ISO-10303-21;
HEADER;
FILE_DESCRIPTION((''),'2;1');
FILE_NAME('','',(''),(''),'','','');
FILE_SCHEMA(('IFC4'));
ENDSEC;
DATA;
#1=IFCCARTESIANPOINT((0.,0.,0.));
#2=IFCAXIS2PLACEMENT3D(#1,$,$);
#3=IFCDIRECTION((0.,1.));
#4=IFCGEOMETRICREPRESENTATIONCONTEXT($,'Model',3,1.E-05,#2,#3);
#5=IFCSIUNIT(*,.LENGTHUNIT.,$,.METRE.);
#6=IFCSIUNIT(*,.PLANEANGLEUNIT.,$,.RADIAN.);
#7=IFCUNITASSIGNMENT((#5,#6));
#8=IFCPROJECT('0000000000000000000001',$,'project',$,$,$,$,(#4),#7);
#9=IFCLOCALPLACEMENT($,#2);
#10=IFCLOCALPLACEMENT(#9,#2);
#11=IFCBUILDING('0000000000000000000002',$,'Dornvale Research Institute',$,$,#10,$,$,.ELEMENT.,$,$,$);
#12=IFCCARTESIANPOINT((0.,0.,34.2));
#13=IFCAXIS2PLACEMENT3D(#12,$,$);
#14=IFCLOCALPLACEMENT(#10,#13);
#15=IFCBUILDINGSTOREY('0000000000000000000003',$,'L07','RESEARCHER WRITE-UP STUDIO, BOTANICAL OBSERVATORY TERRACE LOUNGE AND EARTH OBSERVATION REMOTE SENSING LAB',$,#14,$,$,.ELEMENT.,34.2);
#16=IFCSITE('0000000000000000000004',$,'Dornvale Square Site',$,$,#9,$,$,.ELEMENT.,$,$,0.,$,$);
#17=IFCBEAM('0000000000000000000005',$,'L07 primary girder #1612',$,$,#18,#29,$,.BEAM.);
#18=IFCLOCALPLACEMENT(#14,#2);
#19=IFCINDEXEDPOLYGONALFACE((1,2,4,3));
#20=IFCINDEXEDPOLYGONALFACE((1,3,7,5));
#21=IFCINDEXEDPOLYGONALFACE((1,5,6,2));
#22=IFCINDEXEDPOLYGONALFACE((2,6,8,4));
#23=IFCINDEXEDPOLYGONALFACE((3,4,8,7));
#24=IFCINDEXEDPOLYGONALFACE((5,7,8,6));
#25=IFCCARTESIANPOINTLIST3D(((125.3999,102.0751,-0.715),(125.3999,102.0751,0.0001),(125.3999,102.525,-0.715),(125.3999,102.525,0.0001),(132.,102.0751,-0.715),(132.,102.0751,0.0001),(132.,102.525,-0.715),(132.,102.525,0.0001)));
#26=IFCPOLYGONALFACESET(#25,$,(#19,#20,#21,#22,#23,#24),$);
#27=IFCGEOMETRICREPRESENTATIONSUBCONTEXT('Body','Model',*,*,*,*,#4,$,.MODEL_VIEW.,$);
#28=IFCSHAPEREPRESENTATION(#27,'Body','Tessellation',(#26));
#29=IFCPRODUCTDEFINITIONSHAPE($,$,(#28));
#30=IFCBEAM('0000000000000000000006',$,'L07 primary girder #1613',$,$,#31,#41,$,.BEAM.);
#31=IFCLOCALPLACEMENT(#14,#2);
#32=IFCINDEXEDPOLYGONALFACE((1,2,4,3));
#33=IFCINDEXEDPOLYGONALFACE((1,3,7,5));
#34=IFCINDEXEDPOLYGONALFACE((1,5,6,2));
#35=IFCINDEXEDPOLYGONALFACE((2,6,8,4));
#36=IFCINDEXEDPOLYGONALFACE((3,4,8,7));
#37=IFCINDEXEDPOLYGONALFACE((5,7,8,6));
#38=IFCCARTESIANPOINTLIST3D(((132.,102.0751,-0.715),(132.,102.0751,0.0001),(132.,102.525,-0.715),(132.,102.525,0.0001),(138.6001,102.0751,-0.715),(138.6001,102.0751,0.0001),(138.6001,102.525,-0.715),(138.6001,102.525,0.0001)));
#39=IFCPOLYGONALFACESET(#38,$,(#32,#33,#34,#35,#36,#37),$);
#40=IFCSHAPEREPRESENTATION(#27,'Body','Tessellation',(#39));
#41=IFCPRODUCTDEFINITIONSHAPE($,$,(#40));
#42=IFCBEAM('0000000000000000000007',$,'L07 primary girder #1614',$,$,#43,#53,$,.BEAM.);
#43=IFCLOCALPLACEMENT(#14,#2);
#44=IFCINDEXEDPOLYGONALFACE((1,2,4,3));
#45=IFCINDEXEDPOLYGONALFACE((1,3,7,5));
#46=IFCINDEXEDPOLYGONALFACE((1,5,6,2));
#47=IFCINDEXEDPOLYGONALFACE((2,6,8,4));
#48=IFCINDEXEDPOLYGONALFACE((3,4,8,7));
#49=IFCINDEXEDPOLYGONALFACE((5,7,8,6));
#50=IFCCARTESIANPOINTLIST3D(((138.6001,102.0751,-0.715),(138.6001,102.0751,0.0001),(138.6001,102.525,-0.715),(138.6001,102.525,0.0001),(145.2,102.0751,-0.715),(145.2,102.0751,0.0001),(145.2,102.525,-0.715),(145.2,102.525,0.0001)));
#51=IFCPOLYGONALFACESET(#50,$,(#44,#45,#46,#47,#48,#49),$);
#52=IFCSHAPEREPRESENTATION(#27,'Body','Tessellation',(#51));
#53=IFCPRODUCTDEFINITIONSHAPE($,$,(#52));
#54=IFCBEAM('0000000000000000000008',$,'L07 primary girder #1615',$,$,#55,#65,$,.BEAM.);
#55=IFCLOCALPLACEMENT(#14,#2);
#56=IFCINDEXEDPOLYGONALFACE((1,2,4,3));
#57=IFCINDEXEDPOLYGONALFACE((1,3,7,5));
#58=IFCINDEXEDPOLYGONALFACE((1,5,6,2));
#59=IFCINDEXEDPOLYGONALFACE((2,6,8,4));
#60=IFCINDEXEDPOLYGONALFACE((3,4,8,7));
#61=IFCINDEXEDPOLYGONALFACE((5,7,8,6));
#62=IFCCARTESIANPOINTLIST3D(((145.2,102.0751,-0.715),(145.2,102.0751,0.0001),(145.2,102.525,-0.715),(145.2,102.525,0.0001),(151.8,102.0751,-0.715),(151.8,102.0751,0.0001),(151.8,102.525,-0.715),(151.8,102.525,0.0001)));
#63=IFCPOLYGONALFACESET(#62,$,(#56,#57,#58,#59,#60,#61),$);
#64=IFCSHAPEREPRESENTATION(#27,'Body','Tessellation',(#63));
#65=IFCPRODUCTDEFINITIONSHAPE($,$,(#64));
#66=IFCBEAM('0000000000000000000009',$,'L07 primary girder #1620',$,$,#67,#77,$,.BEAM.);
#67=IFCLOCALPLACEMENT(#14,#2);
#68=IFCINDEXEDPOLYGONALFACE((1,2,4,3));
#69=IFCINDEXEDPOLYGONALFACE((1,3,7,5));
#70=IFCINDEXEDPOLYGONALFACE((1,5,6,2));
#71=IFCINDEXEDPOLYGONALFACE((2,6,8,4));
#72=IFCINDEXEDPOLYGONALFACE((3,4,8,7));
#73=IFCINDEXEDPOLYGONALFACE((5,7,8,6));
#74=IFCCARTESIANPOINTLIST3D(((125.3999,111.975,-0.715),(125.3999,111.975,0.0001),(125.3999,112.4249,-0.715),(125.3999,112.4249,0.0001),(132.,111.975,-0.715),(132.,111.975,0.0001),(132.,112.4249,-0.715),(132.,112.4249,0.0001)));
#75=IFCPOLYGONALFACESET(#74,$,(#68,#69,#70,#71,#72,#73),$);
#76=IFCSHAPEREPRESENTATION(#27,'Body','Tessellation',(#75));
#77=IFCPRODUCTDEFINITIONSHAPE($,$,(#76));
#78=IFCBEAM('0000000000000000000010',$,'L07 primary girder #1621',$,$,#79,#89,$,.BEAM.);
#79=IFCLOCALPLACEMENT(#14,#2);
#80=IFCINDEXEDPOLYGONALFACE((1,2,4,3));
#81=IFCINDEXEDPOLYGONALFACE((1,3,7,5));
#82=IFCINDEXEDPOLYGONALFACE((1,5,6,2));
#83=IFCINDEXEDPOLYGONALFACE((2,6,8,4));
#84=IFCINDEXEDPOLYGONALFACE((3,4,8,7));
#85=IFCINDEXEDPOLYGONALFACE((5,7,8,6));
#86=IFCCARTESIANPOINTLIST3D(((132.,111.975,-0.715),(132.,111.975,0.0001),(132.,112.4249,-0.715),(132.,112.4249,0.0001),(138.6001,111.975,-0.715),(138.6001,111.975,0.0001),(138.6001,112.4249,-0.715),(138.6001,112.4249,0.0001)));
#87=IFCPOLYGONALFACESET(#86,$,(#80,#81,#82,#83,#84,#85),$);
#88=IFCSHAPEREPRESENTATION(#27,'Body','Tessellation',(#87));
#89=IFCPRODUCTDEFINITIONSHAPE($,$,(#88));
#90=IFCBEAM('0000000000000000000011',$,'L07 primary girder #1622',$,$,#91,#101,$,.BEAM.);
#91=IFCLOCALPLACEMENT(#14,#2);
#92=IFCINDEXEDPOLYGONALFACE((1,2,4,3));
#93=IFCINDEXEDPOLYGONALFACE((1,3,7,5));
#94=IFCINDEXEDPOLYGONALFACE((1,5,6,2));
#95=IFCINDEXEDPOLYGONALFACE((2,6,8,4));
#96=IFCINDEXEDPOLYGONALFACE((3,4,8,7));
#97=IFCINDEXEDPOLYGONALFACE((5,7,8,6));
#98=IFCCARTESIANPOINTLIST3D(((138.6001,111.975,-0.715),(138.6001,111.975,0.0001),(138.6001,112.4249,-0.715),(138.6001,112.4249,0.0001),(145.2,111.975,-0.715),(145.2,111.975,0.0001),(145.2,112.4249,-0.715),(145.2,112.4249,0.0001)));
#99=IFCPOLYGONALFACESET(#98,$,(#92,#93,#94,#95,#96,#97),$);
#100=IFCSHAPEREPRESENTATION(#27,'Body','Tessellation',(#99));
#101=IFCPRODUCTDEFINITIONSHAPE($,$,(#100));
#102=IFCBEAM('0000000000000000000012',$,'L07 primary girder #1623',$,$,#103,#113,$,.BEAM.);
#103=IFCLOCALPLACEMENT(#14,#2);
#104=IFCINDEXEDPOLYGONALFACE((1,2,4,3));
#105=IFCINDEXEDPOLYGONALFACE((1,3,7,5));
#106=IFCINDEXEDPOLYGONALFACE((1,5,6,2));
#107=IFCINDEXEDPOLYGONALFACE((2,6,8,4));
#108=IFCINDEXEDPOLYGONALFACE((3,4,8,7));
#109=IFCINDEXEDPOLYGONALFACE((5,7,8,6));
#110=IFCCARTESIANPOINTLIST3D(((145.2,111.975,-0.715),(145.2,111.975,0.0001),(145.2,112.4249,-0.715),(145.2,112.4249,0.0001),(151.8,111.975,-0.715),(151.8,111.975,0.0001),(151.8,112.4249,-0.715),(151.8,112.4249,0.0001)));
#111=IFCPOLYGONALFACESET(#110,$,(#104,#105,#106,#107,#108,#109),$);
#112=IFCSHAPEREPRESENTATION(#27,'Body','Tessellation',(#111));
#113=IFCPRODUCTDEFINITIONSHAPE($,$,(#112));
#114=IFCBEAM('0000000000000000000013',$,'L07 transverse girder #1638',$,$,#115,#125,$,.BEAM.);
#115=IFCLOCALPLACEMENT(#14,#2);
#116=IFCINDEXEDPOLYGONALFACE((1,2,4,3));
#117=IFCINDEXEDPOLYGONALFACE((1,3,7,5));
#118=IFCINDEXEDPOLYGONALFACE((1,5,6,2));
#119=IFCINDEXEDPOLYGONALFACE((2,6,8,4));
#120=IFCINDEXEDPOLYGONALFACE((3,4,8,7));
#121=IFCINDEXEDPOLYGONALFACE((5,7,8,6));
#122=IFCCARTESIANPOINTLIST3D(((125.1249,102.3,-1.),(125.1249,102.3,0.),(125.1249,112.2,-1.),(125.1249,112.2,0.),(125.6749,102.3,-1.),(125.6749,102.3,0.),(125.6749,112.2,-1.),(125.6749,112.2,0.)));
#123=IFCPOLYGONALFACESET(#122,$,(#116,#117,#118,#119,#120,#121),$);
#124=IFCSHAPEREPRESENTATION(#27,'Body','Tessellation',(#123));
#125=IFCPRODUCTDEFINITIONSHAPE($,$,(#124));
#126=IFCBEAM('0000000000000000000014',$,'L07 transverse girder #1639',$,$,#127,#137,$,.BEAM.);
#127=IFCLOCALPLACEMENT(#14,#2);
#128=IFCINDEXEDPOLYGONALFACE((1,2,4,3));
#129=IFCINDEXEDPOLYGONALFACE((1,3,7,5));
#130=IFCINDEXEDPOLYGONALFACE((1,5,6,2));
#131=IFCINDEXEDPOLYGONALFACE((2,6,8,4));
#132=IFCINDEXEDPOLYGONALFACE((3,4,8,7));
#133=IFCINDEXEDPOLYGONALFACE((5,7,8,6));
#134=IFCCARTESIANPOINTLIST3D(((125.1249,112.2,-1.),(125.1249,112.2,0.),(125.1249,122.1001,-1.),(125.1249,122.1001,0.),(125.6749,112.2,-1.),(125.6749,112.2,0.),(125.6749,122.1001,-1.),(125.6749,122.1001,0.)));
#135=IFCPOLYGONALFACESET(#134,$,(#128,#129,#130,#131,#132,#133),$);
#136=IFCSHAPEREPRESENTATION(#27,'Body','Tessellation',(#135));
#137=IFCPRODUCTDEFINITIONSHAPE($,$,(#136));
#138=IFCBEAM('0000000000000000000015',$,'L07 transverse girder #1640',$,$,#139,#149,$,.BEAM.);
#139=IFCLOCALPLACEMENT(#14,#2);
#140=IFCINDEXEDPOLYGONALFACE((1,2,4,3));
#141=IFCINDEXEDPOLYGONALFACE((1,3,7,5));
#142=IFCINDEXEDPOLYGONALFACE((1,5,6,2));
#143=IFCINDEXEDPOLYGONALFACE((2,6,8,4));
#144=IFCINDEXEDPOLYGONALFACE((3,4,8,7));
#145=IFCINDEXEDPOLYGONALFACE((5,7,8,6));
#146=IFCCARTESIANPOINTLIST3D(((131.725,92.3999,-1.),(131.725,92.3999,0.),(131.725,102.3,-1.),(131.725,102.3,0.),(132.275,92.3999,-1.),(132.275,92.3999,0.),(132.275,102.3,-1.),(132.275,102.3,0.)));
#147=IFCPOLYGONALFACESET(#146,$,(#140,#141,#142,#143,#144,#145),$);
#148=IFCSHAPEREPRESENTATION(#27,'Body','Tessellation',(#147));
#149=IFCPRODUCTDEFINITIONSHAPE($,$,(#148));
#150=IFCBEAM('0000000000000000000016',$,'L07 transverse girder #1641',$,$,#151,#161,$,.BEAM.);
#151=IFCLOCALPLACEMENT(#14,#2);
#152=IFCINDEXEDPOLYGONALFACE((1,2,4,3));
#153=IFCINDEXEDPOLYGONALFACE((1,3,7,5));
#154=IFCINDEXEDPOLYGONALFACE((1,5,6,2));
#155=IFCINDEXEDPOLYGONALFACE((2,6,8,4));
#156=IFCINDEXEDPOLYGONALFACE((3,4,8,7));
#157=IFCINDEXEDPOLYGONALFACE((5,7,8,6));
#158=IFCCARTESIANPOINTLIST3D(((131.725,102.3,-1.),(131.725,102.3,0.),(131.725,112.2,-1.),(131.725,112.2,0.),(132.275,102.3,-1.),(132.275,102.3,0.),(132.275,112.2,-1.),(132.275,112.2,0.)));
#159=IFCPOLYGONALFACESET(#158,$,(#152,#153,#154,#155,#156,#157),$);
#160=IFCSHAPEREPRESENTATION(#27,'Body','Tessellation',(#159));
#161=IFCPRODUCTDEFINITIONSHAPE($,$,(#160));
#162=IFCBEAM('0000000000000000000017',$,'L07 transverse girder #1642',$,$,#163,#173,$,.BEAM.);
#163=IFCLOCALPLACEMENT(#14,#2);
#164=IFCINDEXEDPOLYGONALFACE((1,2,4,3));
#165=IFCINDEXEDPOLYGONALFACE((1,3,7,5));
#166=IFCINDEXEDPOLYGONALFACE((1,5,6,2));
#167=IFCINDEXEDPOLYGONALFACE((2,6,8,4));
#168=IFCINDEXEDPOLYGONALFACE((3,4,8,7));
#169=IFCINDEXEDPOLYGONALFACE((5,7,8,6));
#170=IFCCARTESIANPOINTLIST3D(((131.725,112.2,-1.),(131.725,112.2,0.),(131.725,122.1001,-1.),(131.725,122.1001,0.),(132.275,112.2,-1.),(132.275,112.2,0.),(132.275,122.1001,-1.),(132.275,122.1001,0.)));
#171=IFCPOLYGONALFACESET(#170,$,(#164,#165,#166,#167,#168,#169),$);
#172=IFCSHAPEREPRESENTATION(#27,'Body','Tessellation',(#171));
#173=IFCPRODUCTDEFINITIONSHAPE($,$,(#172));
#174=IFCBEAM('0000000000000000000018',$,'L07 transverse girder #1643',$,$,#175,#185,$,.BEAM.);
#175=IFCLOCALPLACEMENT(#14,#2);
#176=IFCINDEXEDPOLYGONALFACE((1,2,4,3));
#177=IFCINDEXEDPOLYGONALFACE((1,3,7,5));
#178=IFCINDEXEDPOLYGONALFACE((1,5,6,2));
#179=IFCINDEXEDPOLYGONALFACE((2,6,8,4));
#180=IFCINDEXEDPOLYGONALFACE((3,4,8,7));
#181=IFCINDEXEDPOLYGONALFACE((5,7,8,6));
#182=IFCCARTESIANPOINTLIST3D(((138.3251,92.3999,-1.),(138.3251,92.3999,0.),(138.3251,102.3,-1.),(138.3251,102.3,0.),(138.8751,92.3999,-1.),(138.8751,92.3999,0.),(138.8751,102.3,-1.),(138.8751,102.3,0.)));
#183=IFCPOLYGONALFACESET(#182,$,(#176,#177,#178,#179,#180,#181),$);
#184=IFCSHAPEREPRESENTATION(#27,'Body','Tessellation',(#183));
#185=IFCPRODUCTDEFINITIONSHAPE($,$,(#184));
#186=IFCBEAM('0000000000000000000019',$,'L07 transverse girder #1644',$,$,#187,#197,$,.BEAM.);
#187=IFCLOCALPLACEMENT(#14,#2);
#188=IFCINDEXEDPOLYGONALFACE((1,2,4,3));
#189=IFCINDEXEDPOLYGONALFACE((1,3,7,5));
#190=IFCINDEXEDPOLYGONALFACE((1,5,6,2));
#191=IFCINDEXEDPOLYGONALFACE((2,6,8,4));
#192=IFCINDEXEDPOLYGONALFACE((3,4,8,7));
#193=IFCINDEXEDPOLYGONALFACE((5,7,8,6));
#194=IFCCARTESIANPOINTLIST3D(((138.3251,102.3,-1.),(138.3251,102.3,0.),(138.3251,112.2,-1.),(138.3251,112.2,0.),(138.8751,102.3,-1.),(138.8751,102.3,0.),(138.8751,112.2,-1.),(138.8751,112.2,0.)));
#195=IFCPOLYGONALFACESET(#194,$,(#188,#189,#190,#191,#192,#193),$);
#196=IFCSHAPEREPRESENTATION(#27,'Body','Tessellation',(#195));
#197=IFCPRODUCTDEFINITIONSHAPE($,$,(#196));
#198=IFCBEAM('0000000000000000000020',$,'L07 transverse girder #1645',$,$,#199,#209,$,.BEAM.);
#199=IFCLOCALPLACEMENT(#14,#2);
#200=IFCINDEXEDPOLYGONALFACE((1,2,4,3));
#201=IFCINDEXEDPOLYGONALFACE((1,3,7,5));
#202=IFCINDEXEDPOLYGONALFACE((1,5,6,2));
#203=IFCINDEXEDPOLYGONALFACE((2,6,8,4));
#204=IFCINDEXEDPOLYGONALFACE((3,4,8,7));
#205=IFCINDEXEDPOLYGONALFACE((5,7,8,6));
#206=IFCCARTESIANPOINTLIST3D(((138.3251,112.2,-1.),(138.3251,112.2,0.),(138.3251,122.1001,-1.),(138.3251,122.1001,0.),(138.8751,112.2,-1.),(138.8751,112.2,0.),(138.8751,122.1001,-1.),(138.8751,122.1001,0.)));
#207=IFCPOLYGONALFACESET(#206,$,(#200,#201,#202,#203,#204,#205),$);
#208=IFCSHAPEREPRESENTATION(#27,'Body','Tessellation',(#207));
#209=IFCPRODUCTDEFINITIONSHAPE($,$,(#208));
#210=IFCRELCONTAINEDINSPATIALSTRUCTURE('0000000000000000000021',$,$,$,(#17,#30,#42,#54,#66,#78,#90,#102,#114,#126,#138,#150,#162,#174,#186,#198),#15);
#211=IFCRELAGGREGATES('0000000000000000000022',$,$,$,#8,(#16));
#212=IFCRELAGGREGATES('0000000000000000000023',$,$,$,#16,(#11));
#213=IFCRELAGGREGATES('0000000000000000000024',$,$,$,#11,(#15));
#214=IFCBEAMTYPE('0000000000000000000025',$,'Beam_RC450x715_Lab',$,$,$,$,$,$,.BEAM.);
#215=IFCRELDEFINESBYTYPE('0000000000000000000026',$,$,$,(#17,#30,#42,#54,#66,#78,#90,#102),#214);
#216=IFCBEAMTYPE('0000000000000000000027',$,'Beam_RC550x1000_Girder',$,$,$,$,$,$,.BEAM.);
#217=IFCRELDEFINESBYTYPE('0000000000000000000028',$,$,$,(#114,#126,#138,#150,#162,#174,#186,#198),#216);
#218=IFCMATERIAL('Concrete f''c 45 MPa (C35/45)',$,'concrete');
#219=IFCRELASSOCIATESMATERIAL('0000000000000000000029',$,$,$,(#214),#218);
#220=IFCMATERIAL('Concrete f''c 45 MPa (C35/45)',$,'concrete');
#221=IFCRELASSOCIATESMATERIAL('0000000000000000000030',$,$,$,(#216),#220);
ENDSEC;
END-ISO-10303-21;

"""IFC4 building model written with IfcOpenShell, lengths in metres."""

from ifc_helpers import new_model, si_unit, direction, frame, origin, origin_2d, place, context, subcontext, project, spatial, rectangle, extrude, material, material_profile, profile_set, type_object, element, save


model = new_model("IFC4")

# Units and contexts
model_context = context("Model", 3, precision=1e-05, world=origin(), true_north=direction((0.0, 1.0)))
body_context = subcontext(model_context, "Body", "Model", "MODEL_VIEW")
ifc_project = project(units=[si_unit("LENGTHUNIT", "METRE"), si_unit("PLANEANGLEUNIT", "RADIAN")], contexts=[model_context])

# Site, building, storey
site_placement = place(None, origin())
site = spatial("IfcSite", under=ifc_project, at=site_placement, Name="Dornvale Square Site", CompositionType="ELEMENT", RefElevation=0.0)
building_placement = place(site_placement, origin())
building = spatial("IfcBuilding", under=site, at=building_placement, Name="Dornvale Research Institute", CompositionType="ELEMENT")
storey_placement = place(building_placement, frame((0.0, 0.0, 34.2)))
storey = spatial("IfcBuildingStorey", under=building, at=storey_placement, Name="L07", Description="RESEARCHER WRITE-UP STUDIO, BOTANICAL OBSERVATORY TERRACE LOUNGE AND EARTH OBSERVATION REMOTE SENSING LAB", CompositionType="ELEMENT", Elevation=34.2)

# Beams
ifc_material_1 = material(Name="Concrete f'c 45 MPa (C35/45)", Category="concrete")
ifc_material_profile_1 = material_profile(ifc_material_1, rectangle(XDim=0.45, YDim=0.7151, at=origin_2d()), Name="RC 450x715")
ifc_profile_set_1 = profile_set([ifc_material_profile_1], Name="Concrete f'c 45 MPa (C35/45)")
beam_type_1 = type_object("IfcBeamType", Name="Beam_RC450x715_Lab", PredefinedType="BEAM", material=ifc_profile_set_1)
for number, where, z_axis, x_axis, name in (
    (1, (125.3999, 102.3, -0.3574), (1.0, 0.0, 0.0), (0.0, 1.0, 0.0), "L07 primary girder #1612"),
    (2, (132.0, 102.3, -0.3574), (1.0, 0.0, 0.0), (0.0, 1.0, 0.0), "L07 primary girder #1613"),
):
    element("IfcBeam", number, at=place(storey_placement, frame(where, z_axis=z_axis, x_axis=x_axis)), inside=storey, type_object=beam_type_1, Name=name, PredefinedType="BEAM", context=body_context, shape_type="SweptSolid", body=[
        extrude(rectangle(XDim=0.45, YDim=0.7151, at=origin_2d()), origin(), (0.0, 0.0, 1.0), 6.6001),
    ])
beam_1_placement = place(storey_placement, frame((138.6001, 102.3, -0.3574), z_axis=(1.0, 0.0, 0.0), x_axis=(0.0, 1.0, 0.0)))
element("IfcBeam", 3, at=beam_1_placement, inside=storey, type_object=beam_type_1, Name="L07 primary girder #1614", PredefinedType="BEAM", context=body_context, shape_type="SweptSolid", body=[
    extrude(rectangle(XDim=0.45, YDim=0.7151, at=origin_2d()), origin(), (0.0, 0.0, 1.0), 6.5999),
])
for number, where, z_axis, x_axis, name in (
    (4, (145.2, 102.3, -0.3574), (1.0, 0.0, 0.0), (0.0, 1.0, 0.0), "L07 primary girder #1615"),
    (5, (125.3999, 112.2, -0.3574), (1.0, 0.0, 0.0), (0.0, 1.0, 0.0), "L07 primary girder #1620"),
    (6, (132.0, 112.2, -0.3574), (1.0, 0.0, 0.0), (0.0, 1.0, 0.0), "L07 primary girder #1621"),
):
    element("IfcBeam", number, at=place(storey_placement, frame(where, z_axis=z_axis, x_axis=x_axis)), inside=storey, type_object=beam_type_1, Name=name, PredefinedType="BEAM", context=body_context, shape_type="SweptSolid", body=[
        extrude(rectangle(XDim=0.45, YDim=0.7151, at=origin_2d()), origin(), (0.0, 0.0, 1.0), 6.6001),
    ])
beam_2_placement = place(storey_placement, frame((138.6001, 112.2, -0.3574), z_axis=(1.0, 0.0, 0.0), x_axis=(0.0, 1.0, 0.0)))
element("IfcBeam", 7, at=beam_2_placement, inside=storey, type_object=beam_type_1, Name="L07 primary girder #1622", PredefinedType="BEAM", context=body_context, shape_type="SweptSolid", body=[
    extrude(rectangle(XDim=0.45, YDim=0.7151, at=origin_2d()), origin(), (0.0, 0.0, 1.0), 6.5999),
])
beam_3_placement = place(storey_placement, frame((145.2, 112.2, -0.3574), z_axis=(1.0, 0.0, 0.0), x_axis=(0.0, 1.0, 0.0)))
element("IfcBeam", 8, at=beam_3_placement, inside=storey, type_object=beam_type_1, Name="L07 primary girder #1623", PredefinedType="BEAM", context=body_context, shape_type="SweptSolid", body=[
    extrude(rectangle(XDim=0.45, YDim=0.7151, at=origin_2d()), origin(), (0.0, 0.0, 1.0), 6.6001),
])
ifc_material_2 = material(Name="Concrete f'c 45 MPa (C35/45)", Category="concrete")
ifc_material_profile_2 = material_profile(ifc_material_2, rectangle(XDim=0.55, YDim=1.0, at=origin_2d()), Name="RC 550x1000")
ifc_profile_set_2 = profile_set([ifc_material_profile_2], Name="Concrete f'c 45 MPa (C35/45)")
beam_type_2 = type_object("IfcBeamType", Name="Beam_RC550x1000_Girder", PredefinedType="BEAM", material=ifc_profile_set_2)
beam_4_placement = place(storey_placement, frame((125.3999, 102.3, -0.5), z_axis=(0.0, 1.0, 0.0), x_axis=(-1.0, 0.0, 0.0)))
element("IfcBeam", 9, at=beam_4_placement, inside=storey, type_object=beam_type_2, Name="L07 transverse girder #1638", PredefinedType="BEAM", context=body_context, shape_type="SweptSolid", body=[
    extrude(rectangle(XDim=0.55, YDim=1.0, at=origin_2d()), origin(), (0.0, 0.0, 1.0), 9.8999),
])
for number, where, z_axis, x_axis, name in (
    (10, (125.3999, 112.2, -0.5), (0.0, 1.0, 0.0), (-1.0, 0.0, 0.0), "L07 transverse girder #1639"),
    (11, (132.0, 92.3999, -0.5), (0.0, 1.0, 0.0), (-1.0, 0.0, 0.0), "L07 transverse girder #1640"),
):
    element("IfcBeam", number, at=place(storey_placement, frame(where, z_axis=z_axis, x_axis=x_axis)), inside=storey, type_object=beam_type_2, Name=name, PredefinedType="BEAM", context=body_context, shape_type="SweptSolid", body=[
        extrude(rectangle(XDim=0.55, YDim=1.0, at=origin_2d()), origin(), (0.0, 0.0, 1.0), 9.9001),
    ])
beam_5_placement = place(storey_placement, frame((132.0, 102.3, -0.5), z_axis=(0.0, 1.0, 0.0), x_axis=(-1.0, 0.0, 0.0)))
element("IfcBeam", 12, at=beam_5_placement, inside=storey, type_object=beam_type_2, Name="L07 transverse girder #1641", PredefinedType="BEAM", context=body_context, shape_type="SweptSolid", body=[
    extrude(rectangle(XDim=0.55, YDim=1.0, at=origin_2d()), origin(), (0.0, 0.0, 1.0), 9.8999),
])
for number, where, z_axis, x_axis, name in (
    (13, (132.0, 112.2, -0.5), (0.0, 1.0, 0.0), (-1.0, 0.0, 0.0), "L07 transverse girder #1642"),
    (14, (138.6001, 92.3999, -0.5), (0.0, 1.0, 0.0), (-1.0, 0.0, 0.0), "L07 transverse girder #1643"),
):
    element("IfcBeam", number, at=place(storey_placement, frame(where, z_axis=z_axis, x_axis=x_axis)), inside=storey, type_object=beam_type_2, Name=name, PredefinedType="BEAM", context=body_context, shape_type="SweptSolid", body=[
        extrude(rectangle(XDim=0.55, YDim=1.0, at=origin_2d()), origin(), (0.0, 0.0, 1.0), 9.9001),
    ])
beam_6_placement = place(storey_placement, frame((138.6001, 102.3, -0.5), z_axis=(0.0, 1.0, 0.0), x_axis=(-1.0, 0.0, 0.0)))
element("IfcBeam", 15, at=beam_6_placement, inside=storey, type_object=beam_type_2, Name="L07 transverse girder #1644", PredefinedType="BEAM", context=body_context, shape_type="SweptSolid", body=[
    extrude(rectangle(XDim=0.55, YDim=1.0, at=origin_2d()), origin(), (0.0, 0.0, 1.0), 9.8999),
])
beam_7_placement = place(storey_placement, frame((138.6001, 112.2, -0.5), z_axis=(0.0, 1.0, 0.0), x_axis=(-1.0, 0.0, 0.0)))
element("IfcBeam", 16, at=beam_7_placement, inside=storey, type_object=beam_type_2, Name="L07 transverse girder #1645", PredefinedType="BEAM", context=body_context, shape_type="SweptSolid", body=[
    extrude(rectangle(XDim=0.55, YDim=1.0, at=origin_2d()), origin(), (0.0, 0.0, 1.0), 9.9001),
])

save(model, "model.ifc")
